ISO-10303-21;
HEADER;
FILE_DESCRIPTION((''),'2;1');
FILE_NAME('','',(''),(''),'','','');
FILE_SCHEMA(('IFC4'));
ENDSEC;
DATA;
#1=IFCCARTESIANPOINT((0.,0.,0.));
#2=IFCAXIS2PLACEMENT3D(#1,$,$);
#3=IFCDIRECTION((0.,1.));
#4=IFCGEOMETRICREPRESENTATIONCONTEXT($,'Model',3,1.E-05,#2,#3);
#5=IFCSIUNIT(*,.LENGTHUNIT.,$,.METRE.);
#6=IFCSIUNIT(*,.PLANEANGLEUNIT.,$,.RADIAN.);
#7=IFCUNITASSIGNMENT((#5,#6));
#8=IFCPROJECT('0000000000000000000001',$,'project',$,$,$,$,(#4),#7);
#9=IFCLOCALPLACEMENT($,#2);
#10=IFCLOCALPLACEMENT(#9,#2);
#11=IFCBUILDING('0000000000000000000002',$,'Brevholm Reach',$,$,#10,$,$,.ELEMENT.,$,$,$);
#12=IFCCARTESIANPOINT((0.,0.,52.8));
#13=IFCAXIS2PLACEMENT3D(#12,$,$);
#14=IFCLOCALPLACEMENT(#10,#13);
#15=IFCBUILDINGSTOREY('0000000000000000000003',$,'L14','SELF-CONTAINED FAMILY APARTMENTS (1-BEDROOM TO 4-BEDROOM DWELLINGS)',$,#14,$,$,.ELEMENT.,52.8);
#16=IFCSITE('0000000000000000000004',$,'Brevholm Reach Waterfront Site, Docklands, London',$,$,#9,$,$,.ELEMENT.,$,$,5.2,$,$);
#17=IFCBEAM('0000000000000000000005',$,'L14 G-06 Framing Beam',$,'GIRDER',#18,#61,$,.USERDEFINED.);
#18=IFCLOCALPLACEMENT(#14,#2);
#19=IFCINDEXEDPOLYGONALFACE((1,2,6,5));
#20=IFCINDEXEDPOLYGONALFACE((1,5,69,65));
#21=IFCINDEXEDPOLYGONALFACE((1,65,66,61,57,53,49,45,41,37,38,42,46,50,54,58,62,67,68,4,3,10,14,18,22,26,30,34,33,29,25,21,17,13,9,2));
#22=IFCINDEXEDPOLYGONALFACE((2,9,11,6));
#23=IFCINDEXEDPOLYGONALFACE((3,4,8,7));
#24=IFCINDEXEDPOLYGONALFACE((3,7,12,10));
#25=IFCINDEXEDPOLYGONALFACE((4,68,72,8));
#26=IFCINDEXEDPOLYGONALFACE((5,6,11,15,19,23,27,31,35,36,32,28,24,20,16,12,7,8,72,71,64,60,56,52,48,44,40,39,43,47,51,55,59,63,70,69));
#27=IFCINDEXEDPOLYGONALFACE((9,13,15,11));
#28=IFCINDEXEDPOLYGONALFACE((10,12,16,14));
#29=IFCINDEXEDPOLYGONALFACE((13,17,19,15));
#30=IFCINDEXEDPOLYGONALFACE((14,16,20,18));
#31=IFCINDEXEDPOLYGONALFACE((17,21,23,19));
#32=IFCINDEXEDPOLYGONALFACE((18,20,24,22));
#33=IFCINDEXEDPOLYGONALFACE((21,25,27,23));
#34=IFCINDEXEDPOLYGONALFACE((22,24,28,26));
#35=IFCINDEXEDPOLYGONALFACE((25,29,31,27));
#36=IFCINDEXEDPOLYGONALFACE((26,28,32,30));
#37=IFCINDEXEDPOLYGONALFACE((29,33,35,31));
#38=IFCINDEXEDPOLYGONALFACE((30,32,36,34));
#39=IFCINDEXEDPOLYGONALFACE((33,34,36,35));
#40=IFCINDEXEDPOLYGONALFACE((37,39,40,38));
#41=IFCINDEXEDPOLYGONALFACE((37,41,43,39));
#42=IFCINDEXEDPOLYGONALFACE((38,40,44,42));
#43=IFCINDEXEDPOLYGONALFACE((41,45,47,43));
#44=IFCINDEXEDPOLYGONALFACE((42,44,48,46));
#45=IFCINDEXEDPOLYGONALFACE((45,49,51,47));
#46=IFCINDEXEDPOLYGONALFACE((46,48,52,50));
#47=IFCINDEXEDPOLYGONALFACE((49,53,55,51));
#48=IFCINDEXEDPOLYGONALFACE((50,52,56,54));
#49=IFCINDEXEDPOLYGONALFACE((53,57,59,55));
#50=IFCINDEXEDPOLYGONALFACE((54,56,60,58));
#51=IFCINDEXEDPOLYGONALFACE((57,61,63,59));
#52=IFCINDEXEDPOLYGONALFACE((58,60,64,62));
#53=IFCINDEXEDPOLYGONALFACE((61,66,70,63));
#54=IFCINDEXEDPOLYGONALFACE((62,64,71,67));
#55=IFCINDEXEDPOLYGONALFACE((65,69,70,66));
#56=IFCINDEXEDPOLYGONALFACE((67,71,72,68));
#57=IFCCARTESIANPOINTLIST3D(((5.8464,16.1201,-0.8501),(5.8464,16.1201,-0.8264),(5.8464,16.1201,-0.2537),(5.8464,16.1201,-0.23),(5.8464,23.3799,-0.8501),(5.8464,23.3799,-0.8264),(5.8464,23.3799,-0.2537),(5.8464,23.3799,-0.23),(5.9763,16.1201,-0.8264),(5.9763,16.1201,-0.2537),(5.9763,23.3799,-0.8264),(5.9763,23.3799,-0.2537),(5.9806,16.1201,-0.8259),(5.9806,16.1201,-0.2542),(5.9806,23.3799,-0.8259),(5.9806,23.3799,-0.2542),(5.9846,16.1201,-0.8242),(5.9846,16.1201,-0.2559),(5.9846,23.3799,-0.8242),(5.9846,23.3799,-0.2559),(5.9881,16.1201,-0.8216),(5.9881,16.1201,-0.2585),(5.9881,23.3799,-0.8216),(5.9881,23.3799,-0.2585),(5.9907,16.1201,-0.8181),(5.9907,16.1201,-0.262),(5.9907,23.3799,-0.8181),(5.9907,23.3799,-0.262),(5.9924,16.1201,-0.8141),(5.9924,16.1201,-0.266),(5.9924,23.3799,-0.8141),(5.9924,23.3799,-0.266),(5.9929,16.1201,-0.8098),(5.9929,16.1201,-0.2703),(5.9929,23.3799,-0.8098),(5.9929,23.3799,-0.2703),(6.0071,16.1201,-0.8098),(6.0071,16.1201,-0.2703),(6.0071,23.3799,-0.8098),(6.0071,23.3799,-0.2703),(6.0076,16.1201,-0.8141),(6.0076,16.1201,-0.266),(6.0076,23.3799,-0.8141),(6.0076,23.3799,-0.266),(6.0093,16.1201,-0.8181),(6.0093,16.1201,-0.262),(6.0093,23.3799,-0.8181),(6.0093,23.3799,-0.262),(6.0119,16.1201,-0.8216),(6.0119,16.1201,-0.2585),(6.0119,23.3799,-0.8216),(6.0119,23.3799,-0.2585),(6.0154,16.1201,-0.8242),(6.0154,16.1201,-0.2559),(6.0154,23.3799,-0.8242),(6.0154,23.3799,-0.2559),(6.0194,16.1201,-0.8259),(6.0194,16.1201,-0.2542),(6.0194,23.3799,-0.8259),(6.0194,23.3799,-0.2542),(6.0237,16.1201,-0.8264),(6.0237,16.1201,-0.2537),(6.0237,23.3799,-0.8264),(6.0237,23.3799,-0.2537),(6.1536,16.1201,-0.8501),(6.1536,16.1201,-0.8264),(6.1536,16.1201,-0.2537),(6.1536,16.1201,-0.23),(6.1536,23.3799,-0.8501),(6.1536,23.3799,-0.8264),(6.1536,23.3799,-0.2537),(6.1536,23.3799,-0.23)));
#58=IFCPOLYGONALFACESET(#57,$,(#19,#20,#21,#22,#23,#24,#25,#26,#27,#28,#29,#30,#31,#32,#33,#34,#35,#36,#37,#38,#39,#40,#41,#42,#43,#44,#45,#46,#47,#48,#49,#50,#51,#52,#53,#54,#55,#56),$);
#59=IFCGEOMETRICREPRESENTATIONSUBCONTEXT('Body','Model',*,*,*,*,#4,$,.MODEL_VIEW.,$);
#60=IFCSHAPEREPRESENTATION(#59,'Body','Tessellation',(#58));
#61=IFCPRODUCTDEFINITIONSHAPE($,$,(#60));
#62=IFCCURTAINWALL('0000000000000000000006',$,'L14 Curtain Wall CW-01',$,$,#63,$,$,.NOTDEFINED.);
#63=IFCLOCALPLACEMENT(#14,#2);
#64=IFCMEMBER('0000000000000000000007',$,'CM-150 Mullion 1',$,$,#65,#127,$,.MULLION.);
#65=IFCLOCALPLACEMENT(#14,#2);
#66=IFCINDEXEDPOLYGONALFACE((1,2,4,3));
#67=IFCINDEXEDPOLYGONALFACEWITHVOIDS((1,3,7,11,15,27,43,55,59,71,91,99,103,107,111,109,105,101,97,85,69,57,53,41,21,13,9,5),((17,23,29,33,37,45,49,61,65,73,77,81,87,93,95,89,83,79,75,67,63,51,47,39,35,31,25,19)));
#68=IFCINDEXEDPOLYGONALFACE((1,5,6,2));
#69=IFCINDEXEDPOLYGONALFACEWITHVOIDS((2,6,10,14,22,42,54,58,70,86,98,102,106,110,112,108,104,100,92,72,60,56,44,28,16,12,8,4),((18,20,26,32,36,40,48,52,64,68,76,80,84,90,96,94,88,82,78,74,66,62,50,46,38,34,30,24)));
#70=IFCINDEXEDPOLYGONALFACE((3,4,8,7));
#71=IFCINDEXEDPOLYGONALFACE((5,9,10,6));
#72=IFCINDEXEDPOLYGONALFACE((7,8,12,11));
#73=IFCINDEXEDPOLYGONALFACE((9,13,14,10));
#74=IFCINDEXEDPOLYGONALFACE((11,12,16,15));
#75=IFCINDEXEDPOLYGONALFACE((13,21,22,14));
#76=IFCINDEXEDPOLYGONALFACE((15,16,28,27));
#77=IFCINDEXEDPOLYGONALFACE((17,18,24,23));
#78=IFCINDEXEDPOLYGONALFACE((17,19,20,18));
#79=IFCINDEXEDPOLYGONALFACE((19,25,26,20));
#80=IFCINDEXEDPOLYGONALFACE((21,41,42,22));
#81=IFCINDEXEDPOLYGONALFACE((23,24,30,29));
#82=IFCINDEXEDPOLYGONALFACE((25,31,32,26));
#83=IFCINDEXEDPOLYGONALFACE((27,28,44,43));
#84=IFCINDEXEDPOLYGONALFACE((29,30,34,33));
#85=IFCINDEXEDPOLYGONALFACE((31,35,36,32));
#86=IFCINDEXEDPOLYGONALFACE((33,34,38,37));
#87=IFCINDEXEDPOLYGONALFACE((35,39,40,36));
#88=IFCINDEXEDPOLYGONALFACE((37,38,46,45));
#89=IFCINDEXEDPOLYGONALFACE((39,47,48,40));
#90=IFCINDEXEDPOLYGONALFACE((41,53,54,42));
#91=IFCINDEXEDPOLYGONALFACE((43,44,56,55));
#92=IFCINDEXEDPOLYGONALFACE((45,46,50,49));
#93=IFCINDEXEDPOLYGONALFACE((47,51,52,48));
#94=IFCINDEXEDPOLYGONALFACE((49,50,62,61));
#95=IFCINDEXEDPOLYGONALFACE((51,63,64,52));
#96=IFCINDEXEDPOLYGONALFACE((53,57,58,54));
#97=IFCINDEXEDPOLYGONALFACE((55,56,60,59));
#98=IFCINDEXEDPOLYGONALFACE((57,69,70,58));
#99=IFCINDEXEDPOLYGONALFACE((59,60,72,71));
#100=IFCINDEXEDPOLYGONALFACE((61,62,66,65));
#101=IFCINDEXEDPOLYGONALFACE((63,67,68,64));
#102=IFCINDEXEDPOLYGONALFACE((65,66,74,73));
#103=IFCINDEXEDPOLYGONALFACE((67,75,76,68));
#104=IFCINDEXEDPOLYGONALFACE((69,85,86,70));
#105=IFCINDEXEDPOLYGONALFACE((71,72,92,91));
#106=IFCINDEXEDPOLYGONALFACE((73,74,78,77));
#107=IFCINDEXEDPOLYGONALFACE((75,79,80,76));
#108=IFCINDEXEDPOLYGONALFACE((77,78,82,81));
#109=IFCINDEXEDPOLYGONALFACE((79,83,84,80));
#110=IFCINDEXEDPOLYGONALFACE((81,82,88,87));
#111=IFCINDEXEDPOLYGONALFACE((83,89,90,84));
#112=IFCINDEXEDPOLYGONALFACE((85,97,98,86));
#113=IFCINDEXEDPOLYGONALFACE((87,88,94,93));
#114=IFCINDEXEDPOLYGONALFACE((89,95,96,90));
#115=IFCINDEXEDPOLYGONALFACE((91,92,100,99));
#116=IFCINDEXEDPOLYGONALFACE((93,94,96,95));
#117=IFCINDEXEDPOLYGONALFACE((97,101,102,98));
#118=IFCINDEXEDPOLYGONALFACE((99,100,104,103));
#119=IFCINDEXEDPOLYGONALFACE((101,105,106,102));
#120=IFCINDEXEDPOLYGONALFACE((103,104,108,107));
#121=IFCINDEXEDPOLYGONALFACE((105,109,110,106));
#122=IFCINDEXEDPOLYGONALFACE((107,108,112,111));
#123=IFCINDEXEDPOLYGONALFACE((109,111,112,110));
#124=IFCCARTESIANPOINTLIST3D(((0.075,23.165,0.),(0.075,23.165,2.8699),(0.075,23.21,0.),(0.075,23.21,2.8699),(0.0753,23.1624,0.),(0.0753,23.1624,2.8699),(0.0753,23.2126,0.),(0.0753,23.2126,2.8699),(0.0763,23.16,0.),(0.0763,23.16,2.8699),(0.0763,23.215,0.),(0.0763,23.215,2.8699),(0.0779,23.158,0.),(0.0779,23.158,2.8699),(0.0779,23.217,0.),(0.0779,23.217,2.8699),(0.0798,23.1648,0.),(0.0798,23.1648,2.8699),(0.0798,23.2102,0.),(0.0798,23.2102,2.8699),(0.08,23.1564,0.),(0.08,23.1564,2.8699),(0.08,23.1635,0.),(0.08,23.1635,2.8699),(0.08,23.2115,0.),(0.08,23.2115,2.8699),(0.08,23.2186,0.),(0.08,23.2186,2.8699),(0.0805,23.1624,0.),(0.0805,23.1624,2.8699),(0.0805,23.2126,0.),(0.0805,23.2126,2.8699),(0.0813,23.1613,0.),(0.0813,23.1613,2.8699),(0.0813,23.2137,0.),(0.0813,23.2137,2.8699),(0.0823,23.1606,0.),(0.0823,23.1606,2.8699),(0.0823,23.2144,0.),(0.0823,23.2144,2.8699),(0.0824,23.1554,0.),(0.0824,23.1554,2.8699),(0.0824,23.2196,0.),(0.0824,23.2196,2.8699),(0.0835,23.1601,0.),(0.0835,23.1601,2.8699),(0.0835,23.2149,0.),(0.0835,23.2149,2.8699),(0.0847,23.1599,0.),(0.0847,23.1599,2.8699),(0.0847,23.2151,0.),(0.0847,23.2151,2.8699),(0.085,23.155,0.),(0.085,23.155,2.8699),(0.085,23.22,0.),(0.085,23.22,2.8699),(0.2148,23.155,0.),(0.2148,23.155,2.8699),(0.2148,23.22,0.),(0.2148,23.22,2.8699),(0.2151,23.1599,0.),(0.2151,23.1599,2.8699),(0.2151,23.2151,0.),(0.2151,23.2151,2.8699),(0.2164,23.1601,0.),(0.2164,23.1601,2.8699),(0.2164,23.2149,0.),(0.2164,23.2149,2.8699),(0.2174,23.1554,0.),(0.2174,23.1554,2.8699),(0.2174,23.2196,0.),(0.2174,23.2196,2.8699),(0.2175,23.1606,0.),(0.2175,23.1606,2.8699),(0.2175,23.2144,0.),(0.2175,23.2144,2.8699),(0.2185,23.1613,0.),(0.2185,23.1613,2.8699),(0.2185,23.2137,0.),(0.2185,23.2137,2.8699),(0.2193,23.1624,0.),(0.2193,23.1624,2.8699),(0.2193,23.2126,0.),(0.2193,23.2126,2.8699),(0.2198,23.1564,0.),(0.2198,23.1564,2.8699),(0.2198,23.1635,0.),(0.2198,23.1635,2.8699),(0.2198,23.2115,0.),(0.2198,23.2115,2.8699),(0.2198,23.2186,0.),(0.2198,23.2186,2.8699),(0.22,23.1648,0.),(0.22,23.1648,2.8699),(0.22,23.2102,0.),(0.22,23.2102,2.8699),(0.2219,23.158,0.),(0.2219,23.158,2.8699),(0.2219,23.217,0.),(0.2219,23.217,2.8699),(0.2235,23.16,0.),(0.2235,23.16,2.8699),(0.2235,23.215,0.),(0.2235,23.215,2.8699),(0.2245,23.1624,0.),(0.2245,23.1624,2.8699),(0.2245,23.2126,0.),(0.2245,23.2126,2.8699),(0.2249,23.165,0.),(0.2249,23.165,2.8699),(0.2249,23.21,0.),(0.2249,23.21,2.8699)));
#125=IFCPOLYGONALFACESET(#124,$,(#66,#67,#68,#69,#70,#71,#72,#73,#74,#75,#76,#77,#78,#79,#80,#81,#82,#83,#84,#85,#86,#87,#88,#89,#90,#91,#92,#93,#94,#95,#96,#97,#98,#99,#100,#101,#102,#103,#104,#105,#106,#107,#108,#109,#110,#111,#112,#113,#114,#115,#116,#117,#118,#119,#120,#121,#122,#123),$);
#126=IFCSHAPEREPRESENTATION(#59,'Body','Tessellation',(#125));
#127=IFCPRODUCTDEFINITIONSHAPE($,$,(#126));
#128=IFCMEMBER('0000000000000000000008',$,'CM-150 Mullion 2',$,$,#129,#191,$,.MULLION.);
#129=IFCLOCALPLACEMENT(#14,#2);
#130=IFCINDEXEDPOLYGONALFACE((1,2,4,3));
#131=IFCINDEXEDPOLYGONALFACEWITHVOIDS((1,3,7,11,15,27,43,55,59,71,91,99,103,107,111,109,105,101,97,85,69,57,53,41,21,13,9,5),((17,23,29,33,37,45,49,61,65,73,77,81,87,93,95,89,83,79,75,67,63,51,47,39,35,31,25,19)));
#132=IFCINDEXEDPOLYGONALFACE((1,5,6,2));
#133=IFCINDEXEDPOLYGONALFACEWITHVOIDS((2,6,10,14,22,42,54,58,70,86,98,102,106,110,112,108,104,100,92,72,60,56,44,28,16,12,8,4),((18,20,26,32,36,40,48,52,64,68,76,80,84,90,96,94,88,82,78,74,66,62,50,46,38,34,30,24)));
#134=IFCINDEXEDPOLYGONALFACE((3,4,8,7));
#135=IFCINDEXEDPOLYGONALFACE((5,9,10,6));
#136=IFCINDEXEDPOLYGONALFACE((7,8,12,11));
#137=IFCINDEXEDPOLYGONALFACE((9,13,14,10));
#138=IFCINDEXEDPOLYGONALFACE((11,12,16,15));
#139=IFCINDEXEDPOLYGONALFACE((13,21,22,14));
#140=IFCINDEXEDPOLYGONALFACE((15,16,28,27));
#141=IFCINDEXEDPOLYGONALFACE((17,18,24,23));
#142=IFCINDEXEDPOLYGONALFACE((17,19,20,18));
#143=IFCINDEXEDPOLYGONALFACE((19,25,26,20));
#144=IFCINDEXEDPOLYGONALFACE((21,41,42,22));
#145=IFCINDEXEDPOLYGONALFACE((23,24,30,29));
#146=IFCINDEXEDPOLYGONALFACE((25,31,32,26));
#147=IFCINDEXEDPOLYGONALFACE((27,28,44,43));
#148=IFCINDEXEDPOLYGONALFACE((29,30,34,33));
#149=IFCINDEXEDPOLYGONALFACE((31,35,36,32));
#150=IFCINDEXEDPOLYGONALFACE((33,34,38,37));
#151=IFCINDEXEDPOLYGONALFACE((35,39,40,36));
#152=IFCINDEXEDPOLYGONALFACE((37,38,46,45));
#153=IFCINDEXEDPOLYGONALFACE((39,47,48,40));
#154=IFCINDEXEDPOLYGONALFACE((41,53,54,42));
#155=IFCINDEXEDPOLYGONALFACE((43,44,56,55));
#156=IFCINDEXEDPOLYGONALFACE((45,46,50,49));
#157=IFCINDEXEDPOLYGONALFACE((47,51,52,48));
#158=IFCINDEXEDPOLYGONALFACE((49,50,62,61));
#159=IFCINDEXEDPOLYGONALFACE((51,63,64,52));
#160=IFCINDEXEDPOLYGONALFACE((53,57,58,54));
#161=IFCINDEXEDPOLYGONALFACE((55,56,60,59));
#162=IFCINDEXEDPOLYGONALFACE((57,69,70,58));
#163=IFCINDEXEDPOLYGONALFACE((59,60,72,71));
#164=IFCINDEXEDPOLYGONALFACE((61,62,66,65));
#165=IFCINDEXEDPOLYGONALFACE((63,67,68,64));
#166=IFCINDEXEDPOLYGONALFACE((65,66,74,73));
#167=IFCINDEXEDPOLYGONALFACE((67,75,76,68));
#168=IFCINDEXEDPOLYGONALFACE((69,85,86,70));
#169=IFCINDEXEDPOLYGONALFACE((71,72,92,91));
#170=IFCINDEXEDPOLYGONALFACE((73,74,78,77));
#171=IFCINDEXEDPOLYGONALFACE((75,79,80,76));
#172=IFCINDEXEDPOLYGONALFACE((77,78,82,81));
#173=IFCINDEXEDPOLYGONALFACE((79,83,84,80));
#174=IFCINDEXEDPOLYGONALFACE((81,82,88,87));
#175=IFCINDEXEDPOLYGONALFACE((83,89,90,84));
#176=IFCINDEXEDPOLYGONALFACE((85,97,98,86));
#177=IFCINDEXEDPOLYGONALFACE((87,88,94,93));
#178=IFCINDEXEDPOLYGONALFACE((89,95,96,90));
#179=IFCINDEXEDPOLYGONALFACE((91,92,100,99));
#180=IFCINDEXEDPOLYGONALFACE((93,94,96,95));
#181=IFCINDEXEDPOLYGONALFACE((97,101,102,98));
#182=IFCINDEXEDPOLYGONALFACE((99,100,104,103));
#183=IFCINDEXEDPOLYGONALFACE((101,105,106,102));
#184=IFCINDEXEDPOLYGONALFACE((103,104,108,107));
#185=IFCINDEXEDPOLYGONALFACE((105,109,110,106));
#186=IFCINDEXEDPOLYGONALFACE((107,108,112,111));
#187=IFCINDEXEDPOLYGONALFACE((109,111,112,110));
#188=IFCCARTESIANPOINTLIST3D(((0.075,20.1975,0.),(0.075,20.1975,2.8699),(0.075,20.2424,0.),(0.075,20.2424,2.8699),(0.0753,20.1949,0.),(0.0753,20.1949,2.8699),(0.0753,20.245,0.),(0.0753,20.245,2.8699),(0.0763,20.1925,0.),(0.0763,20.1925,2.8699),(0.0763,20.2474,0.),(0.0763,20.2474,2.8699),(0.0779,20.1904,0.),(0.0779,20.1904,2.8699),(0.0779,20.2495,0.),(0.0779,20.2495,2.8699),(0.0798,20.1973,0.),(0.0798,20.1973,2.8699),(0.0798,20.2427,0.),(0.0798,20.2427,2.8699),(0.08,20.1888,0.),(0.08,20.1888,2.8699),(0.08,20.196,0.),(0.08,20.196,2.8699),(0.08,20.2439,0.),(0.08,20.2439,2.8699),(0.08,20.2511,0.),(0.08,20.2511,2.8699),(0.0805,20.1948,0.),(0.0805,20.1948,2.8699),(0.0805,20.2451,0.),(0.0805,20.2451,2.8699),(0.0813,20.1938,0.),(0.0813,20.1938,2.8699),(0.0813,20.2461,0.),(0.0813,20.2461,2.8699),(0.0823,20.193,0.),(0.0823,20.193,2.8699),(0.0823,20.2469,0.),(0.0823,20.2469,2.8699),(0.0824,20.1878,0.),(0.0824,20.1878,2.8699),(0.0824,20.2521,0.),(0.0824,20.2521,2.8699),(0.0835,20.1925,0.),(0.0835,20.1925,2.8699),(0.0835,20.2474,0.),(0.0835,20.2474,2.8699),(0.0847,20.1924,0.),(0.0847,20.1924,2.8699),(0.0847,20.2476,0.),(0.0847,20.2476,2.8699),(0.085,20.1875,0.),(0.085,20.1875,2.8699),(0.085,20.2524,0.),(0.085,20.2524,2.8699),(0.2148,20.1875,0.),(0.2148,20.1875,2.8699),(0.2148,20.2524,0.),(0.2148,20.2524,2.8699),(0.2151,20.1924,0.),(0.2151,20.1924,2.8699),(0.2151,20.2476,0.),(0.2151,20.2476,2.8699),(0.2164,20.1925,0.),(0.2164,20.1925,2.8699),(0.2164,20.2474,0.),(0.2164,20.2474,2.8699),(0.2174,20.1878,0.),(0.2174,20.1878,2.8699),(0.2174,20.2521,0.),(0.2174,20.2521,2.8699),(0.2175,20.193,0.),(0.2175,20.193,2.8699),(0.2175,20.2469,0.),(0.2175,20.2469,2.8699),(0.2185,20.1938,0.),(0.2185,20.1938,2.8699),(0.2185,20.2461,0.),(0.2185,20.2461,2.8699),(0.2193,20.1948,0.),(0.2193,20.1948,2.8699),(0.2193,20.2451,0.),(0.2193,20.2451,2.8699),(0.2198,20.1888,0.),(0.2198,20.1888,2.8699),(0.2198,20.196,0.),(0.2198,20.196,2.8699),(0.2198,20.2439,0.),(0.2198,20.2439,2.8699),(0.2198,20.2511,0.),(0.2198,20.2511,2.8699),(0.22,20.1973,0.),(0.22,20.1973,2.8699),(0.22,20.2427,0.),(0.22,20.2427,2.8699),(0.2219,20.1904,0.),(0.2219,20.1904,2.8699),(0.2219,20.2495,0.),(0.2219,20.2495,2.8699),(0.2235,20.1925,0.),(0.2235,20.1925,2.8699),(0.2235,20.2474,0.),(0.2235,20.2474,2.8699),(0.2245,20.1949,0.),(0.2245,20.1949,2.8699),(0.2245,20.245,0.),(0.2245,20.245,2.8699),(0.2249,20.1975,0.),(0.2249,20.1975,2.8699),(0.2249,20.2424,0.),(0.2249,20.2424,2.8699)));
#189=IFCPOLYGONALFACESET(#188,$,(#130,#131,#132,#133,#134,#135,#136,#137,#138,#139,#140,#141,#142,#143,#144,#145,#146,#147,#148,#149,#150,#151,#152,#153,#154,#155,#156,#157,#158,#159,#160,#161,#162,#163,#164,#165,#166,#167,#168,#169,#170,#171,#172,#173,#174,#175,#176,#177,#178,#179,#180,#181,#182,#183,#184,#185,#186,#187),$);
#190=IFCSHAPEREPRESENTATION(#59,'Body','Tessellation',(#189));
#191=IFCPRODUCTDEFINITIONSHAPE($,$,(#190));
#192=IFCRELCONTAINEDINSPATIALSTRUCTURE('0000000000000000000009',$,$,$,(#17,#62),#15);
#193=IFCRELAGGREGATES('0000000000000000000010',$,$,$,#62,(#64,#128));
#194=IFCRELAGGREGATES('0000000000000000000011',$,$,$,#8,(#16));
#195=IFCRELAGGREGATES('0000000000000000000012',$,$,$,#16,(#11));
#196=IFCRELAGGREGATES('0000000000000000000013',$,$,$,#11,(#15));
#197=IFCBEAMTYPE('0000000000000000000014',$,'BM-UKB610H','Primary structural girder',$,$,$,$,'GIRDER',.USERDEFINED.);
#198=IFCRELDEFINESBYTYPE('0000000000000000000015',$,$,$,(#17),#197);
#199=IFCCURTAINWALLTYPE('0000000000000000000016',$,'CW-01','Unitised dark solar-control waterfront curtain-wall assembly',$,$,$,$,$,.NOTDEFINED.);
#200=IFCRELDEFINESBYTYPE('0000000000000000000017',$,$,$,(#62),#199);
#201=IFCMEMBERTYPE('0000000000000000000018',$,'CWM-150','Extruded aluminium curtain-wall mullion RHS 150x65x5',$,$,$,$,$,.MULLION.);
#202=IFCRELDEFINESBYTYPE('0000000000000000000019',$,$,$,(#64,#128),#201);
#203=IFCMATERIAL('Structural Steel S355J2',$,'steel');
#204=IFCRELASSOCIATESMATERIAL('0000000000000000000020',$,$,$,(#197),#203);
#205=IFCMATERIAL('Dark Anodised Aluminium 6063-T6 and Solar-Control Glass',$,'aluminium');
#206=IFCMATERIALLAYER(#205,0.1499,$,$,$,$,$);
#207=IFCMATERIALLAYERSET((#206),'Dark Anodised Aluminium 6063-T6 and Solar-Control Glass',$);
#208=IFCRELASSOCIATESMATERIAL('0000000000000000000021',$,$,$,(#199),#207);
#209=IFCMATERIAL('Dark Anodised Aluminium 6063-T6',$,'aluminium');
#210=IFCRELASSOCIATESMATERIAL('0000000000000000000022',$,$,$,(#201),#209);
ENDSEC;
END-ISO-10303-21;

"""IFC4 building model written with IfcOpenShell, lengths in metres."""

from ifc_helpers import new_model, si_unit, direction, frame, origin, origin_2d, place, context, subcontext, project, spatial, hollow_rectangle, i_section, extrude, material, layer, layer_set, material_profile, profile_set, type_object, element, aggregate, save


model = new_model("IFC4")

# Units and contexts
model_context = context("Model", 3, precision=1e-05, world=origin(), true_north=direction((0.0, 1.0)))
body_context = subcontext(model_context, "Body", "Model", "MODEL_VIEW")
ifc_project = project(units=[si_unit("LENGTHUNIT", "METRE"), si_unit("PLANEANGLEUNIT", "RADIAN")], contexts=[model_context])

# Site, building, storey
site_placement = place(None, origin())
site = spatial("IfcSite", under=ifc_project, at=site_placement, Name="Brevholm Reach Waterfront Site, Docklands, London", CompositionType="ELEMENT", RefElevation=5.2)
building_placement = place(site_placement, origin())
building = spatial("IfcBuilding", under=site, at=building_placement, Name="Brevholm Reach", CompositionType="ELEMENT")
storey_placement = place(building_placement, frame((0.0, 0.0, 52.8)))
storey = spatial("IfcBuildingStorey", under=building, at=storey_placement, Name="L14", Description="SELF-CONTAINED FAMILY APARTMENTS (1-BEDROOM TO 4-BEDROOM DWELLINGS)", CompositionType="ELEMENT", Elevation=52.8)

# Beam
ifc_material_1 = material(Name="Structural Steel S355J2", Category="steel")
ifc_material_profile_1 = material_profile(ifc_material_1, i_section(OverallWidth=0.3071, OverallDepth=0.6201, WebThickness=0.0142, FlangeThickness=0.0237, FilletRadius=0.0166, at=origin_2d()), Name="UKB 610x305x179")
ifc_profile_set_1 = profile_set([ifc_material_profile_1], Name="Structural Steel S355J2")
beam_type_1 = type_object("IfcBeamType", Name="BM-UKB610H", Description="Primary structural girder", ElementType="GIRDER", PredefinedType="USERDEFINED", material=ifc_profile_set_1)
beam_1_placement = place(storey_placement, frame((6.0, 16.1201, -0.54), z_axis=(0.0, 1.0, 0.0), x_axis=(-1.0, 0.0, 0.0)))
element("IfcBeam", 1, at=beam_1_placement, inside=storey, type_object=beam_type_1, Name="L14 G-06 Framing Beam", ObjectType="GIRDER", PredefinedType="USERDEFINED", context=body_context, shape_type="SweptSolid", body=[
    extrude(i_section(OverallWidth=0.3071, OverallDepth=0.6201, WebThickness=0.0142, FlangeThickness=0.0237, FilletRadius=0.0166, at=origin_2d()), origin(), (0.0, 0.0, 1.0), 7.2598),
])

# Curtain wall, members
ifc_material_2 = material(Name="Dark Anodised Aluminium 6063-T6 and Solar-Control Glass", Category="aluminium")
ifc_layer_1 = layer(ifc_material_2, 0.1499)
ifc_layer_set_1 = layer_set([ifc_layer_1], Name="Dark Anodised Aluminium 6063-T6 and Solar-Control Glass")
curtain_wall_type = type_object("IfcCurtainWallType", Name="CW-01", Description="Unitised dark solar-control waterfront curtain-wall assembly", PredefinedType="NOTDEFINED", material=ifc_layer_set_1)
curtain_wall_placement = place(storey_placement, origin())
curtain_wall = element("IfcCurtainWall", 2, at=curtain_wall_placement, inside=storey, type_object=curtain_wall_type, Name="L14 Curtain Wall CW-01", PredefinedType="NOTDEFINED")
ifc_material_3 = material(Name="Dark Anodised Aluminium 6063-T6", Category="aluminium")
ifc_material_profile_2 = material_profile(ifc_material_3, hollow_rectangle(XDim=0.0649, YDim=0.1499, WallThickness=0.0049, InnerFilletRadius=0.0049, OuterFilletRadius=0.01, at=origin_2d()), Name="RHS 150x65x5")
ifc_profile_set_2 = profile_set([ifc_material_profile_2], Name="Dark Anodised Aluminium 6063-T6")
member_type_1 = type_object("IfcMemberType", Name="CWM-150", Description="Extruded aluminium curtain-wall mullion RHS 150x65x5", PredefinedType="MULLION", material=ifc_profile_set_2)
member_1_placement = place(storey_placement, frame((0.1499, 23.1875, 0.0), z_axis=(0.0, 0.0, 1.0), x_axis=(0.0, -1.0, 0.0)))
member_1 = element("IfcMember", 3, at=member_1_placement, type_object=member_type_1, Name="CM-150 Mullion 1", PredefinedType="MULLION", context=body_context, shape_type="SweptSolid", body=[
    extrude(hollow_rectangle(XDim=0.0649, YDim=0.1499, WallThickness=0.0049, InnerFilletRadius=0.0049, OuterFilletRadius=0.01, at=origin_2d()), origin(), (0.0, 0.0, 1.0), 2.8699),
])
member_2_placement = place(storey_placement, frame((0.1499, 20.22, 0.0), z_axis=(0.0, 0.0, 1.0), x_axis=(0.0, -1.0, 0.0)))
member_2 = element("IfcMember", 4, at=member_2_placement, type_object=member_type_1, Name="CM-150 Mullion 2", PredefinedType="MULLION", context=body_context, shape_type="SweptSolid", body=[
    extrude(hollow_rectangle(XDim=0.0649, YDim=0.1499, WallThickness=0.0049, InnerFilletRadius=0.0049, OuterFilletRadius=0.01, at=origin_2d()), origin(), (0.0, 0.0, 1.0), 2.8699),
])
aggregate(curtain_wall, [member_1, member_2])

save(model, "model.ifc")
